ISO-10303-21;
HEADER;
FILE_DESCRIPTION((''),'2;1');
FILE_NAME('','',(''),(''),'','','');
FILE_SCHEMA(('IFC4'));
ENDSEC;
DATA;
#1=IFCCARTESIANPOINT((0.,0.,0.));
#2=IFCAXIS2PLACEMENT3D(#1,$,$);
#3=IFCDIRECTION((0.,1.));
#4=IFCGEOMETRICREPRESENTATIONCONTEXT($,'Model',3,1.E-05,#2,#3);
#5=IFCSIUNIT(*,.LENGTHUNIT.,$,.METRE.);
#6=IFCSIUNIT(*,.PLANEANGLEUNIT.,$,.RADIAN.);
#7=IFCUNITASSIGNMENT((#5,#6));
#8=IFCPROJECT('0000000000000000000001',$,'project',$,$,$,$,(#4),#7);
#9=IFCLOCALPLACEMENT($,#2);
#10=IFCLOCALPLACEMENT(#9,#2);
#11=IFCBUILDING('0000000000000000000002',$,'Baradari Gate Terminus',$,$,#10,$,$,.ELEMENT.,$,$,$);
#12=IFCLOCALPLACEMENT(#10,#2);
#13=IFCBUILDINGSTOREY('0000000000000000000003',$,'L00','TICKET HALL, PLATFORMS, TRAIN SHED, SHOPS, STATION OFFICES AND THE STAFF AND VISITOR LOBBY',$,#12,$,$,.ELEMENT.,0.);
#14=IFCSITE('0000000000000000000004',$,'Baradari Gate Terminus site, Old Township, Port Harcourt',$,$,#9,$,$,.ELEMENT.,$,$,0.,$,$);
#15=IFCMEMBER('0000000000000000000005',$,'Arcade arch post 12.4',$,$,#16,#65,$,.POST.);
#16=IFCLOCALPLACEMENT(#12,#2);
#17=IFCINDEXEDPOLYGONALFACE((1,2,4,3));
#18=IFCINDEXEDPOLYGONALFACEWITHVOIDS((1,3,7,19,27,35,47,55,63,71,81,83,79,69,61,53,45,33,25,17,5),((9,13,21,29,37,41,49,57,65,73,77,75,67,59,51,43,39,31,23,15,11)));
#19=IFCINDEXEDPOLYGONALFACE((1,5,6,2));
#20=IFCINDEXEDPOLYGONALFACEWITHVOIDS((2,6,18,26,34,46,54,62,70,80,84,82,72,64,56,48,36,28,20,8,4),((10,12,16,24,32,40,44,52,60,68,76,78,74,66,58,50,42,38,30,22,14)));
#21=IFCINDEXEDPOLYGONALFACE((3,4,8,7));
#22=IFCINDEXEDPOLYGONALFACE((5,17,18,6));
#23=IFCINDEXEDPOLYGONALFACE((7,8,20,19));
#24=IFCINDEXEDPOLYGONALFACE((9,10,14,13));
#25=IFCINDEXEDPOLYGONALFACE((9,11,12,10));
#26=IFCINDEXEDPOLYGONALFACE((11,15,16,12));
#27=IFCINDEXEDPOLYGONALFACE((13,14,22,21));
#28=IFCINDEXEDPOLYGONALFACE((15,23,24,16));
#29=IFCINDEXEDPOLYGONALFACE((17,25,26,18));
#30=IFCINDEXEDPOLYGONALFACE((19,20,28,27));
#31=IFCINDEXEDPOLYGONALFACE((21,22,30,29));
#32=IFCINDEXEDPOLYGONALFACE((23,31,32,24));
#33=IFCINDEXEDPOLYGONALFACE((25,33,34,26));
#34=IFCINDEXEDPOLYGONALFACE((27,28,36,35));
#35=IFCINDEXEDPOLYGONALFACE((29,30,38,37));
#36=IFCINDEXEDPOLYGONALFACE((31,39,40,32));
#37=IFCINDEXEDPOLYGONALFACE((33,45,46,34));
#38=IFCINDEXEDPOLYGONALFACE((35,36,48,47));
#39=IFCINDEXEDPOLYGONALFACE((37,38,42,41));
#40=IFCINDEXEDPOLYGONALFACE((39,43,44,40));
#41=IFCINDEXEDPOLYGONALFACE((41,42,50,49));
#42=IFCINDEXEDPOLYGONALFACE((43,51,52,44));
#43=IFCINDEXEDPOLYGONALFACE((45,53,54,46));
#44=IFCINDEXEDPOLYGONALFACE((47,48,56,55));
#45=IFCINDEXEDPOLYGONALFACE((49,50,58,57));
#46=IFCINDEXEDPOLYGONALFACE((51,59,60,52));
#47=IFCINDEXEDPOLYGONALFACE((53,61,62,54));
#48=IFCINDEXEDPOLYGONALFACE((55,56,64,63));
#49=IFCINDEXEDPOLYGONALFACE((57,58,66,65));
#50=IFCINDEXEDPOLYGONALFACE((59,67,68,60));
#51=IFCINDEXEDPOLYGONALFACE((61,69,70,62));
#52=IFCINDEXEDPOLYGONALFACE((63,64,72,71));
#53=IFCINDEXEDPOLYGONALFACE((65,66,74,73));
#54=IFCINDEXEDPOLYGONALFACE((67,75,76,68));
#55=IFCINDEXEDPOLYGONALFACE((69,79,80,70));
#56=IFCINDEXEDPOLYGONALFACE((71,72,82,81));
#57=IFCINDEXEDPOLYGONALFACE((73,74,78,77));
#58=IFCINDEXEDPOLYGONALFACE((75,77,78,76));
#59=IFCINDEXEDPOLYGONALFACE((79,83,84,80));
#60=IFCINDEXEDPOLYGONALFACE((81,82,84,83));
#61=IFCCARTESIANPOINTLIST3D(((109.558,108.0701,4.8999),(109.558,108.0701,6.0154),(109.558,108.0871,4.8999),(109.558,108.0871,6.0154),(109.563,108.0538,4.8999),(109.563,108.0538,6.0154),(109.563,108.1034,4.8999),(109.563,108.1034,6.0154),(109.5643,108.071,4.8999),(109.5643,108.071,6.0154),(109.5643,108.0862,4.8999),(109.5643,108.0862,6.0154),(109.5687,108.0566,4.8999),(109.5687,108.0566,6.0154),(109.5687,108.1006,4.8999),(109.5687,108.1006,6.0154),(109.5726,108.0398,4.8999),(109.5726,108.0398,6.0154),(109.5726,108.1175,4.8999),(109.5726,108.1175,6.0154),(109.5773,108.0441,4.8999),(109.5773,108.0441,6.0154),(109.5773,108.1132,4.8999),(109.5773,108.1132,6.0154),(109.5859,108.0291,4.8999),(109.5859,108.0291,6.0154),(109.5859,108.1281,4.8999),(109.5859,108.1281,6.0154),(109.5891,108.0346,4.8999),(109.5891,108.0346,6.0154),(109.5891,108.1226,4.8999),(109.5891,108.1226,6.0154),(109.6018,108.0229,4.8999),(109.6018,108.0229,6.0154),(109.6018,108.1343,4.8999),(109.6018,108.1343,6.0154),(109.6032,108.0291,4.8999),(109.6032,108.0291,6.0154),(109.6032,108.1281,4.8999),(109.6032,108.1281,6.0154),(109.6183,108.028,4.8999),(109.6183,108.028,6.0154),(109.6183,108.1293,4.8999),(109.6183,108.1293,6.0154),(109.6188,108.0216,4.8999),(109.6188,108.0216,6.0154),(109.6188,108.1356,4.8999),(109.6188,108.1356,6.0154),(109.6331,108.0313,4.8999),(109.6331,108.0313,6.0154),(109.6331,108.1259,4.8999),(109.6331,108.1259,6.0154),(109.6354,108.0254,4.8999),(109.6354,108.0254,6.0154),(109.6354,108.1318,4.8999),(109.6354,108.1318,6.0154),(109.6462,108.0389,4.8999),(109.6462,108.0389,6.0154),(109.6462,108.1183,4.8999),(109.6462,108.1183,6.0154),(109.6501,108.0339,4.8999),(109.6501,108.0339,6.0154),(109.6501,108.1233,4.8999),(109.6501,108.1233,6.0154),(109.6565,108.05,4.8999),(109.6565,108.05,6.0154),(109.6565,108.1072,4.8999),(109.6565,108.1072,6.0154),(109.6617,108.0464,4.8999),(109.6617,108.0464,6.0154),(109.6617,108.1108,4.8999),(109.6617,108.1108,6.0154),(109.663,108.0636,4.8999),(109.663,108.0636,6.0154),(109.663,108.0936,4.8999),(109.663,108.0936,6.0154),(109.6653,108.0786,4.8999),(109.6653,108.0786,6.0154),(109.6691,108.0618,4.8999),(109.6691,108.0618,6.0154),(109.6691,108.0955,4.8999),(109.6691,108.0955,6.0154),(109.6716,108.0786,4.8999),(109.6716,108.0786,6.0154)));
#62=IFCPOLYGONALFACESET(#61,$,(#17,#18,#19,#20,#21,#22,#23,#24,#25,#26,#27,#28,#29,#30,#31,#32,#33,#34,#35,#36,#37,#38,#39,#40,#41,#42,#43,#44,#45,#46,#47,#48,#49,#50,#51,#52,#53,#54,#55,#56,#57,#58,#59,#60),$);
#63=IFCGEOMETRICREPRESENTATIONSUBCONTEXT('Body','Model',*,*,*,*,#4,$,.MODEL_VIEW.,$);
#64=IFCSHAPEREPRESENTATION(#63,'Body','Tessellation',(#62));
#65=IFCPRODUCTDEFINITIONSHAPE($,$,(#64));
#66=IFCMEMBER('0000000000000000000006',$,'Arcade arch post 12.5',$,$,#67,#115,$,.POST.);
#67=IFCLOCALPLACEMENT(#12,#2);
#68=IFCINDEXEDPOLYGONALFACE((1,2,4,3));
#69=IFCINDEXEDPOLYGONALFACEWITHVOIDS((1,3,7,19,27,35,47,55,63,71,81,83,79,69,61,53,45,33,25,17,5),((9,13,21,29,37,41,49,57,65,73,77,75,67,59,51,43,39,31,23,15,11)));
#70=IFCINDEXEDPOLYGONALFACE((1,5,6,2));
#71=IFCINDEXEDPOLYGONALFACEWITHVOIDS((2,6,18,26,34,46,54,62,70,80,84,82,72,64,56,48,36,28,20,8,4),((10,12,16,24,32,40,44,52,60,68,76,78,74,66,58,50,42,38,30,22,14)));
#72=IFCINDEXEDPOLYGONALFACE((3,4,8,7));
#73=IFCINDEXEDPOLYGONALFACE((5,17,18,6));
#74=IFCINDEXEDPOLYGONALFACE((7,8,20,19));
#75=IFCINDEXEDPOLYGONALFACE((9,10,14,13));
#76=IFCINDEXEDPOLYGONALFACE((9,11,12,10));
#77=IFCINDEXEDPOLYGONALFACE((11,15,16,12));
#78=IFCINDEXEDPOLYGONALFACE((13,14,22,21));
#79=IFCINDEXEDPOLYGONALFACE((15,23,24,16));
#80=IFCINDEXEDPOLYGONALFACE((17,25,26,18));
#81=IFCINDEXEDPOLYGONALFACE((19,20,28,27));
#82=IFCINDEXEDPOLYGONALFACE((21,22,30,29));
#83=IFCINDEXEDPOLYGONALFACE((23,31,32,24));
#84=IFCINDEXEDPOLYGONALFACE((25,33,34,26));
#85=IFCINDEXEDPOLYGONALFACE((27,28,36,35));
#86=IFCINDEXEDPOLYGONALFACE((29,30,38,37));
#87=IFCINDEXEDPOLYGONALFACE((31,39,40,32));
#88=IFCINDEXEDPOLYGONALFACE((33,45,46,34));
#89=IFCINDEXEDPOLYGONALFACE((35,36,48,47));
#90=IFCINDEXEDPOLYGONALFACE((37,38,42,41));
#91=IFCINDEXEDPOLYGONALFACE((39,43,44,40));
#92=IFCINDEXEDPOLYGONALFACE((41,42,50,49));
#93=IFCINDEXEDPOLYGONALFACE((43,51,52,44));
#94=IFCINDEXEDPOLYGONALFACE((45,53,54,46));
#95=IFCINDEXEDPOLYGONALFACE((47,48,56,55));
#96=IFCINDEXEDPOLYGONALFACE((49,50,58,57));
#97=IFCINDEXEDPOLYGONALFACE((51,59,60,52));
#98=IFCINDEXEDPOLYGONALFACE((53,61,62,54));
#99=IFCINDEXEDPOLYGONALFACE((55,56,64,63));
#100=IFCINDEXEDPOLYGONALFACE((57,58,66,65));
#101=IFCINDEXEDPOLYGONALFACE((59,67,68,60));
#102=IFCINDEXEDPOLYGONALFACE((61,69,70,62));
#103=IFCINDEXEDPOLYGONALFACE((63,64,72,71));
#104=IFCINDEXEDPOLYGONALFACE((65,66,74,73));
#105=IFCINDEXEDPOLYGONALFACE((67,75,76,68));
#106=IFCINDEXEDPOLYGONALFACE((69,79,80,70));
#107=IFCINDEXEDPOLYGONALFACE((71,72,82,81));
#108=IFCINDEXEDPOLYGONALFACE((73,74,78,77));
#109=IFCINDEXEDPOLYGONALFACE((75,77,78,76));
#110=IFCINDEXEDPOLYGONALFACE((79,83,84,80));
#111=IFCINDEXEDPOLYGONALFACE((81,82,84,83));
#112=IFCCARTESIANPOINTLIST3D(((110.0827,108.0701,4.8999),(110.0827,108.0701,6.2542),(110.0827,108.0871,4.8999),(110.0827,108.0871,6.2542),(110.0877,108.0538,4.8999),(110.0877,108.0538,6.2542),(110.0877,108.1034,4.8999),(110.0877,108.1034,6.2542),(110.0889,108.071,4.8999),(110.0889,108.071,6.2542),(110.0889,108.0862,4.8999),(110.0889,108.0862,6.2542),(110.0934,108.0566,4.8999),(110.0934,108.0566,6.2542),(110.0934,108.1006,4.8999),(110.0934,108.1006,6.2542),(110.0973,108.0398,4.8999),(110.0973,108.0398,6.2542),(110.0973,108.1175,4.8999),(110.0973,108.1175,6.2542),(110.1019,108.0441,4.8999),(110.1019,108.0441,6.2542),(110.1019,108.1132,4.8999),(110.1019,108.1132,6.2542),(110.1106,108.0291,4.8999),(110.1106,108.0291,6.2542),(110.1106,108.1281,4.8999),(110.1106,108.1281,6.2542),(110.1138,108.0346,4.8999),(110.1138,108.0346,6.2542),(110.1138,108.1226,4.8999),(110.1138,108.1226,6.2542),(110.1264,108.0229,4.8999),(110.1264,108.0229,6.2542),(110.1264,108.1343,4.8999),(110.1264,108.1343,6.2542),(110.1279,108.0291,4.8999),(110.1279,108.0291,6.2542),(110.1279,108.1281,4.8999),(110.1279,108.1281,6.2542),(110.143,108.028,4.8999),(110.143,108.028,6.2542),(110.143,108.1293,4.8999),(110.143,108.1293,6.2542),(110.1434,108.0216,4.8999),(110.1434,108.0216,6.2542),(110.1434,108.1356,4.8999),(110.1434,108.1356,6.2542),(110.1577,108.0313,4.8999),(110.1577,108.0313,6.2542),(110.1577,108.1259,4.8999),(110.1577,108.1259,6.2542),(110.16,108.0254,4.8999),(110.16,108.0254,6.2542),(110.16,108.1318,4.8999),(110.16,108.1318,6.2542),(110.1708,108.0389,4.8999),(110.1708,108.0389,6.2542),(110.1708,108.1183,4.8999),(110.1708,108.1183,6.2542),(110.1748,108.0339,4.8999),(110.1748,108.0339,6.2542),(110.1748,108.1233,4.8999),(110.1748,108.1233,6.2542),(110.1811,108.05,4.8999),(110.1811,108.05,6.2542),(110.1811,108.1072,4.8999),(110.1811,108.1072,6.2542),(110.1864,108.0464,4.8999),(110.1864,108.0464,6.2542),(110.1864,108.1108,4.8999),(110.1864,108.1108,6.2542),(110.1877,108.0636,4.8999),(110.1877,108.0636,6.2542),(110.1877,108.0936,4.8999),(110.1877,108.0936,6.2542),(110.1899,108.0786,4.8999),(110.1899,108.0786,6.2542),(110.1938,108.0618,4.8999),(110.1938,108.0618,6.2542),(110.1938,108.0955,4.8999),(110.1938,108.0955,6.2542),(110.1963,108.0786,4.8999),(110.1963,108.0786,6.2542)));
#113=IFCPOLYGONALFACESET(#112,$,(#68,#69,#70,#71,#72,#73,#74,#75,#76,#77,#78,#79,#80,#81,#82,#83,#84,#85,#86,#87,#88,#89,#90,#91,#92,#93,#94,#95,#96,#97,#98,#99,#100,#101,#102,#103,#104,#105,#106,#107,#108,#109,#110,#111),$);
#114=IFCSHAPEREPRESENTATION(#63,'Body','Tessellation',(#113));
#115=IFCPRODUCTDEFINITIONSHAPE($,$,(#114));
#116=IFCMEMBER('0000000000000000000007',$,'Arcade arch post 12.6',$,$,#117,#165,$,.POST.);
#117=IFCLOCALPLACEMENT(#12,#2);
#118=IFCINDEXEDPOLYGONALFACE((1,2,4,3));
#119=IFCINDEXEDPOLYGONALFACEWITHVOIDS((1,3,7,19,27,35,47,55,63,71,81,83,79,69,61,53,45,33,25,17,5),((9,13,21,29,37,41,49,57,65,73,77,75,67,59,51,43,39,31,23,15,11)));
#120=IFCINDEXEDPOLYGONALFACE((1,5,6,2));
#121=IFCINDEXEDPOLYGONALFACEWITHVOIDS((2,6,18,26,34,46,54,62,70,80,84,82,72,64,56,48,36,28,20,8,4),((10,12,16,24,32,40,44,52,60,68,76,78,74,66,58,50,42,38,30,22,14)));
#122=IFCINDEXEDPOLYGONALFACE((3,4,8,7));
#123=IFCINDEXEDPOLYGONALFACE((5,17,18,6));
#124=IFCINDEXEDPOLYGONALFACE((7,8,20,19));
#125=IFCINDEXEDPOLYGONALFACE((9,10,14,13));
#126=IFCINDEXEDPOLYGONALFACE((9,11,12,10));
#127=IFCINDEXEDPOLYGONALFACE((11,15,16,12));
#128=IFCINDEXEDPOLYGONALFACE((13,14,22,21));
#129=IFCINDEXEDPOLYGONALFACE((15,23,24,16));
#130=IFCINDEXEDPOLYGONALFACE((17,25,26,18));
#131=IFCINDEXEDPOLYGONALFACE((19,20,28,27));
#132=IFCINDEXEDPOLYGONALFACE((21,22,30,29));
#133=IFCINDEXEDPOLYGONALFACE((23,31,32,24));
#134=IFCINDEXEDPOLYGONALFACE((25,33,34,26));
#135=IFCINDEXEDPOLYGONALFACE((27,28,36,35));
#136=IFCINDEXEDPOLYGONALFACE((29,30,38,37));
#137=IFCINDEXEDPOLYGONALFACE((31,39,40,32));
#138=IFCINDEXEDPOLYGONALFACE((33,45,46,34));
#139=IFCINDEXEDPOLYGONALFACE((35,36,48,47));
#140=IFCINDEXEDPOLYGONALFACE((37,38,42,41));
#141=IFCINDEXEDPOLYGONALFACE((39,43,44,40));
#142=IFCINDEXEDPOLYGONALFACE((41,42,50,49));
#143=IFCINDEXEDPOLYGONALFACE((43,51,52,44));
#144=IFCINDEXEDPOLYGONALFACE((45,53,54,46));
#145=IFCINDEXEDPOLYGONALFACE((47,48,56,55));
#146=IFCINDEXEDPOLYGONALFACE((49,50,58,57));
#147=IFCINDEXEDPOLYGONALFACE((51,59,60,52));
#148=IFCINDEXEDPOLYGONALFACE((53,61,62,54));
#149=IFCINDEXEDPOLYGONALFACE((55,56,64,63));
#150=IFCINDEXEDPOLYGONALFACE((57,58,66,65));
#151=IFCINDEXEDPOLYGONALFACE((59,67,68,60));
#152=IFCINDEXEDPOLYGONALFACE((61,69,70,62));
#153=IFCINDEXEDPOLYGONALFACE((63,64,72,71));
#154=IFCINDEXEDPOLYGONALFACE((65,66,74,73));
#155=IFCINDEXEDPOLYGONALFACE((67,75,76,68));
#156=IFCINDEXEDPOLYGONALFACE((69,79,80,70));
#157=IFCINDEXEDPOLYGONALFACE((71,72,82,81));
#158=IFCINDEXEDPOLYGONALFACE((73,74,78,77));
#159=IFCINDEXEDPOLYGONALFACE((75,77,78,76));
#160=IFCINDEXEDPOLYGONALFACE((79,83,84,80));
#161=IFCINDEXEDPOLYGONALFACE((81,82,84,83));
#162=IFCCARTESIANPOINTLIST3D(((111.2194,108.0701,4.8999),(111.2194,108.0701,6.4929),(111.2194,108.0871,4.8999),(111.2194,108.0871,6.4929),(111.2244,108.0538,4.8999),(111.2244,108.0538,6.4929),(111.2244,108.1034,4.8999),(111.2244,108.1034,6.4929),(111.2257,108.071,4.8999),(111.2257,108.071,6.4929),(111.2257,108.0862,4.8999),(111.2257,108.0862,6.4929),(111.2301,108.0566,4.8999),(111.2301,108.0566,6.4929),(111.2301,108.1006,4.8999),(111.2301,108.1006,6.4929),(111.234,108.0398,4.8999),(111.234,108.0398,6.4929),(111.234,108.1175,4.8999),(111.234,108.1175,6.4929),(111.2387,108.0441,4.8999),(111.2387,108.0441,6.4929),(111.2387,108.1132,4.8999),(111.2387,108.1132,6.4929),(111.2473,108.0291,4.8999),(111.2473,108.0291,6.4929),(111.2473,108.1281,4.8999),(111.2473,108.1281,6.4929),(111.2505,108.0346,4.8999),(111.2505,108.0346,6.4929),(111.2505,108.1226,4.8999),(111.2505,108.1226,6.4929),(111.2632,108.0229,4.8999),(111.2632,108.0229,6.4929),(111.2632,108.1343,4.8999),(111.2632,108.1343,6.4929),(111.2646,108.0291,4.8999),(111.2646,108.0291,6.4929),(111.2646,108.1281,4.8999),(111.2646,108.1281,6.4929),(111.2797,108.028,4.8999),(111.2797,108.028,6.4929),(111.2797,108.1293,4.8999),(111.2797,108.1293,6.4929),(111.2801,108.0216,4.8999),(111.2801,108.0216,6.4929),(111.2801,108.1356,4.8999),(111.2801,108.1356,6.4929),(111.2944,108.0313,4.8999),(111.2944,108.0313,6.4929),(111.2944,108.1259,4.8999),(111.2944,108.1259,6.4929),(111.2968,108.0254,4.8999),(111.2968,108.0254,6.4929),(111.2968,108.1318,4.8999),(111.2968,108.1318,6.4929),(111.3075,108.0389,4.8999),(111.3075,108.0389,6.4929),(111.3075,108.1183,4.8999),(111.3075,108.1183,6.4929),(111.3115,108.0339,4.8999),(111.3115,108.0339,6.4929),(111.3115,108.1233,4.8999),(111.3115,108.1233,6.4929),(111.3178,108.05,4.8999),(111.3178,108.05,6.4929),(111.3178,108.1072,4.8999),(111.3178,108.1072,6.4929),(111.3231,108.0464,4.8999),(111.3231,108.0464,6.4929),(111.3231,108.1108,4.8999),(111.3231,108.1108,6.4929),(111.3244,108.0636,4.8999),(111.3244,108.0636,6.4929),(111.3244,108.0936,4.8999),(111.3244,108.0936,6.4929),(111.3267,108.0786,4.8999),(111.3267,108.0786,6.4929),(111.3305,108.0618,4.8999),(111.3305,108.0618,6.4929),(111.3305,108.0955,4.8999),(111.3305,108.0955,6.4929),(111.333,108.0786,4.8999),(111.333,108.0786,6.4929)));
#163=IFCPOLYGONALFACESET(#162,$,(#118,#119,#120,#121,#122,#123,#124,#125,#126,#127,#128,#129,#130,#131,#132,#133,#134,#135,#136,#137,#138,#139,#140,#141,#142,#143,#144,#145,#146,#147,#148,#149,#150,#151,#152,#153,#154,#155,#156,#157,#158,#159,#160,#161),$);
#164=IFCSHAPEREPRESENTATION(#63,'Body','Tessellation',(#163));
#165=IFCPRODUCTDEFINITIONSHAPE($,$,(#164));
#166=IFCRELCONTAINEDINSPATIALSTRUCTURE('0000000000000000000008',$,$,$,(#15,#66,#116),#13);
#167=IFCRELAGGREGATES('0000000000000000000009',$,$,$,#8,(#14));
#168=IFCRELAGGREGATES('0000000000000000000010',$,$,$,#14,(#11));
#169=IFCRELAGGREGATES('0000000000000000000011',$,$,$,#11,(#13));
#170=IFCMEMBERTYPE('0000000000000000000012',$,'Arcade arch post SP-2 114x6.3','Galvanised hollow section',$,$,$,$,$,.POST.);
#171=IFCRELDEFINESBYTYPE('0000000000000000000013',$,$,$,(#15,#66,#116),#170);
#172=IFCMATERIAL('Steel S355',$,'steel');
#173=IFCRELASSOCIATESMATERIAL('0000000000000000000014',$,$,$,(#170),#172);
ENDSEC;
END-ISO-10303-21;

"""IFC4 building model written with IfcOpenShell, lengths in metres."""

from ifc_helpers import new_model, si_unit, direction, frame, origin, origin_2d, place, context, subcontext, project, spatial, hollow_circle, extrude, material, material_profile, profile_set, type_object, element, save


model = new_model("IFC4")

# Units and contexts
model_context = context("Model", 3, precision=1e-05, world=origin(), true_north=direction((0.0, 1.0)))
body_context = subcontext(model_context, "Body", "Model", "MODEL_VIEW")
ifc_project = project(units=[si_unit("LENGTHUNIT", "METRE"), si_unit("PLANEANGLEUNIT", "RADIAN")], contexts=[model_context])

# Site, building, storey
site_placement = place(None, origin())
site = spatial("IfcSite", under=ifc_project, at=site_placement, Name="Baradari Gate Terminus site, Old Township, Port Harcourt", CompositionType="ELEMENT", RefElevation=0.0)
building_placement = place(site_placement, origin())
building = spatial("IfcBuilding", under=site, at=building_placement, Name="Baradari Gate Terminus", CompositionType="ELEMENT")
storey_placement = place(building_placement, origin())
storey = spatial("IfcBuildingStorey", under=building, at=storey_placement, Name="L00", Description="TICKET HALL, PLATFORMS, TRAIN SHED, SHOPS, STATION OFFICES AND THE STAFF AND VISITOR LOBBY", CompositionType="ELEMENT", Elevation=0.0)

# Members
ifc_material_1 = material(Name="Steel S355", Category="steel")
ifc_material_profile_1 = material_profile(ifc_material_1, hollow_circle(Radius=0.0571, WallThickness=0.0063, at=origin_2d()), Name="CHS 114.3x6.3")
ifc_profile_set_1 = profile_set([ifc_material_profile_1], Name="Steel S355")
member_type = type_object("IfcMemberType", Name="Arcade arch post SP-2 114x6.3", Description="Galvanised hollow section", PredefinedType="POST", material=ifc_profile_set_1)
member_1_placement = place(storey_placement, frame((109.6145, 108.0786, 4.8999), z_axis=(0.0, 0.0, 1.0), x_axis=(1.0, 0.0, 0.0)))
element("IfcMember", 1, at=member_1_placement, inside=storey, type_object=member_type, Name="Arcade arch post 12.4", PredefinedType="POST", context=body_context, shape_type="SweptSolid", body=[
    extrude(hollow_circle(Radius=0.0571, WallThickness=0.0063, at=origin_2d()), origin(), (0.0, 0.0, 1.0), 1.1155),
])
member_2_placement = place(storey_placement, frame((110.1392, 108.0786, 4.8999), z_axis=(0.0, 0.0, 1.0), x_axis=(1.0, 0.0, 0.0)))
element("IfcMember", 2, at=member_2_placement, inside=storey, type_object=member_type, Name="Arcade arch post 12.5", PredefinedType="POST", context=body_context, shape_type="SweptSolid", body=[
    extrude(hollow_circle(Radius=0.0571, WallThickness=0.0063, at=origin_2d()), origin(), (0.0, 0.0, 1.0), 1.3542),
])
member_3_placement = place(storey_placement, frame((111.2759, 108.0786, 4.8999), z_axis=(0.0, 0.0, 1.0), x_axis=(1.0, 0.0, 0.0)))
element("IfcMember", 3, at=member_3_placement, inside=storey, type_object=member_type, Name="Arcade arch post 12.6", PredefinedType="POST", context=body_context, shape_type="SweptSolid", body=[
    extrude(hollow_circle(Radius=0.0571, WallThickness=0.0063, at=origin_2d()), origin(), (0.0, 0.0, 1.0), 1.593),
])

save(model, "model.ifc")
